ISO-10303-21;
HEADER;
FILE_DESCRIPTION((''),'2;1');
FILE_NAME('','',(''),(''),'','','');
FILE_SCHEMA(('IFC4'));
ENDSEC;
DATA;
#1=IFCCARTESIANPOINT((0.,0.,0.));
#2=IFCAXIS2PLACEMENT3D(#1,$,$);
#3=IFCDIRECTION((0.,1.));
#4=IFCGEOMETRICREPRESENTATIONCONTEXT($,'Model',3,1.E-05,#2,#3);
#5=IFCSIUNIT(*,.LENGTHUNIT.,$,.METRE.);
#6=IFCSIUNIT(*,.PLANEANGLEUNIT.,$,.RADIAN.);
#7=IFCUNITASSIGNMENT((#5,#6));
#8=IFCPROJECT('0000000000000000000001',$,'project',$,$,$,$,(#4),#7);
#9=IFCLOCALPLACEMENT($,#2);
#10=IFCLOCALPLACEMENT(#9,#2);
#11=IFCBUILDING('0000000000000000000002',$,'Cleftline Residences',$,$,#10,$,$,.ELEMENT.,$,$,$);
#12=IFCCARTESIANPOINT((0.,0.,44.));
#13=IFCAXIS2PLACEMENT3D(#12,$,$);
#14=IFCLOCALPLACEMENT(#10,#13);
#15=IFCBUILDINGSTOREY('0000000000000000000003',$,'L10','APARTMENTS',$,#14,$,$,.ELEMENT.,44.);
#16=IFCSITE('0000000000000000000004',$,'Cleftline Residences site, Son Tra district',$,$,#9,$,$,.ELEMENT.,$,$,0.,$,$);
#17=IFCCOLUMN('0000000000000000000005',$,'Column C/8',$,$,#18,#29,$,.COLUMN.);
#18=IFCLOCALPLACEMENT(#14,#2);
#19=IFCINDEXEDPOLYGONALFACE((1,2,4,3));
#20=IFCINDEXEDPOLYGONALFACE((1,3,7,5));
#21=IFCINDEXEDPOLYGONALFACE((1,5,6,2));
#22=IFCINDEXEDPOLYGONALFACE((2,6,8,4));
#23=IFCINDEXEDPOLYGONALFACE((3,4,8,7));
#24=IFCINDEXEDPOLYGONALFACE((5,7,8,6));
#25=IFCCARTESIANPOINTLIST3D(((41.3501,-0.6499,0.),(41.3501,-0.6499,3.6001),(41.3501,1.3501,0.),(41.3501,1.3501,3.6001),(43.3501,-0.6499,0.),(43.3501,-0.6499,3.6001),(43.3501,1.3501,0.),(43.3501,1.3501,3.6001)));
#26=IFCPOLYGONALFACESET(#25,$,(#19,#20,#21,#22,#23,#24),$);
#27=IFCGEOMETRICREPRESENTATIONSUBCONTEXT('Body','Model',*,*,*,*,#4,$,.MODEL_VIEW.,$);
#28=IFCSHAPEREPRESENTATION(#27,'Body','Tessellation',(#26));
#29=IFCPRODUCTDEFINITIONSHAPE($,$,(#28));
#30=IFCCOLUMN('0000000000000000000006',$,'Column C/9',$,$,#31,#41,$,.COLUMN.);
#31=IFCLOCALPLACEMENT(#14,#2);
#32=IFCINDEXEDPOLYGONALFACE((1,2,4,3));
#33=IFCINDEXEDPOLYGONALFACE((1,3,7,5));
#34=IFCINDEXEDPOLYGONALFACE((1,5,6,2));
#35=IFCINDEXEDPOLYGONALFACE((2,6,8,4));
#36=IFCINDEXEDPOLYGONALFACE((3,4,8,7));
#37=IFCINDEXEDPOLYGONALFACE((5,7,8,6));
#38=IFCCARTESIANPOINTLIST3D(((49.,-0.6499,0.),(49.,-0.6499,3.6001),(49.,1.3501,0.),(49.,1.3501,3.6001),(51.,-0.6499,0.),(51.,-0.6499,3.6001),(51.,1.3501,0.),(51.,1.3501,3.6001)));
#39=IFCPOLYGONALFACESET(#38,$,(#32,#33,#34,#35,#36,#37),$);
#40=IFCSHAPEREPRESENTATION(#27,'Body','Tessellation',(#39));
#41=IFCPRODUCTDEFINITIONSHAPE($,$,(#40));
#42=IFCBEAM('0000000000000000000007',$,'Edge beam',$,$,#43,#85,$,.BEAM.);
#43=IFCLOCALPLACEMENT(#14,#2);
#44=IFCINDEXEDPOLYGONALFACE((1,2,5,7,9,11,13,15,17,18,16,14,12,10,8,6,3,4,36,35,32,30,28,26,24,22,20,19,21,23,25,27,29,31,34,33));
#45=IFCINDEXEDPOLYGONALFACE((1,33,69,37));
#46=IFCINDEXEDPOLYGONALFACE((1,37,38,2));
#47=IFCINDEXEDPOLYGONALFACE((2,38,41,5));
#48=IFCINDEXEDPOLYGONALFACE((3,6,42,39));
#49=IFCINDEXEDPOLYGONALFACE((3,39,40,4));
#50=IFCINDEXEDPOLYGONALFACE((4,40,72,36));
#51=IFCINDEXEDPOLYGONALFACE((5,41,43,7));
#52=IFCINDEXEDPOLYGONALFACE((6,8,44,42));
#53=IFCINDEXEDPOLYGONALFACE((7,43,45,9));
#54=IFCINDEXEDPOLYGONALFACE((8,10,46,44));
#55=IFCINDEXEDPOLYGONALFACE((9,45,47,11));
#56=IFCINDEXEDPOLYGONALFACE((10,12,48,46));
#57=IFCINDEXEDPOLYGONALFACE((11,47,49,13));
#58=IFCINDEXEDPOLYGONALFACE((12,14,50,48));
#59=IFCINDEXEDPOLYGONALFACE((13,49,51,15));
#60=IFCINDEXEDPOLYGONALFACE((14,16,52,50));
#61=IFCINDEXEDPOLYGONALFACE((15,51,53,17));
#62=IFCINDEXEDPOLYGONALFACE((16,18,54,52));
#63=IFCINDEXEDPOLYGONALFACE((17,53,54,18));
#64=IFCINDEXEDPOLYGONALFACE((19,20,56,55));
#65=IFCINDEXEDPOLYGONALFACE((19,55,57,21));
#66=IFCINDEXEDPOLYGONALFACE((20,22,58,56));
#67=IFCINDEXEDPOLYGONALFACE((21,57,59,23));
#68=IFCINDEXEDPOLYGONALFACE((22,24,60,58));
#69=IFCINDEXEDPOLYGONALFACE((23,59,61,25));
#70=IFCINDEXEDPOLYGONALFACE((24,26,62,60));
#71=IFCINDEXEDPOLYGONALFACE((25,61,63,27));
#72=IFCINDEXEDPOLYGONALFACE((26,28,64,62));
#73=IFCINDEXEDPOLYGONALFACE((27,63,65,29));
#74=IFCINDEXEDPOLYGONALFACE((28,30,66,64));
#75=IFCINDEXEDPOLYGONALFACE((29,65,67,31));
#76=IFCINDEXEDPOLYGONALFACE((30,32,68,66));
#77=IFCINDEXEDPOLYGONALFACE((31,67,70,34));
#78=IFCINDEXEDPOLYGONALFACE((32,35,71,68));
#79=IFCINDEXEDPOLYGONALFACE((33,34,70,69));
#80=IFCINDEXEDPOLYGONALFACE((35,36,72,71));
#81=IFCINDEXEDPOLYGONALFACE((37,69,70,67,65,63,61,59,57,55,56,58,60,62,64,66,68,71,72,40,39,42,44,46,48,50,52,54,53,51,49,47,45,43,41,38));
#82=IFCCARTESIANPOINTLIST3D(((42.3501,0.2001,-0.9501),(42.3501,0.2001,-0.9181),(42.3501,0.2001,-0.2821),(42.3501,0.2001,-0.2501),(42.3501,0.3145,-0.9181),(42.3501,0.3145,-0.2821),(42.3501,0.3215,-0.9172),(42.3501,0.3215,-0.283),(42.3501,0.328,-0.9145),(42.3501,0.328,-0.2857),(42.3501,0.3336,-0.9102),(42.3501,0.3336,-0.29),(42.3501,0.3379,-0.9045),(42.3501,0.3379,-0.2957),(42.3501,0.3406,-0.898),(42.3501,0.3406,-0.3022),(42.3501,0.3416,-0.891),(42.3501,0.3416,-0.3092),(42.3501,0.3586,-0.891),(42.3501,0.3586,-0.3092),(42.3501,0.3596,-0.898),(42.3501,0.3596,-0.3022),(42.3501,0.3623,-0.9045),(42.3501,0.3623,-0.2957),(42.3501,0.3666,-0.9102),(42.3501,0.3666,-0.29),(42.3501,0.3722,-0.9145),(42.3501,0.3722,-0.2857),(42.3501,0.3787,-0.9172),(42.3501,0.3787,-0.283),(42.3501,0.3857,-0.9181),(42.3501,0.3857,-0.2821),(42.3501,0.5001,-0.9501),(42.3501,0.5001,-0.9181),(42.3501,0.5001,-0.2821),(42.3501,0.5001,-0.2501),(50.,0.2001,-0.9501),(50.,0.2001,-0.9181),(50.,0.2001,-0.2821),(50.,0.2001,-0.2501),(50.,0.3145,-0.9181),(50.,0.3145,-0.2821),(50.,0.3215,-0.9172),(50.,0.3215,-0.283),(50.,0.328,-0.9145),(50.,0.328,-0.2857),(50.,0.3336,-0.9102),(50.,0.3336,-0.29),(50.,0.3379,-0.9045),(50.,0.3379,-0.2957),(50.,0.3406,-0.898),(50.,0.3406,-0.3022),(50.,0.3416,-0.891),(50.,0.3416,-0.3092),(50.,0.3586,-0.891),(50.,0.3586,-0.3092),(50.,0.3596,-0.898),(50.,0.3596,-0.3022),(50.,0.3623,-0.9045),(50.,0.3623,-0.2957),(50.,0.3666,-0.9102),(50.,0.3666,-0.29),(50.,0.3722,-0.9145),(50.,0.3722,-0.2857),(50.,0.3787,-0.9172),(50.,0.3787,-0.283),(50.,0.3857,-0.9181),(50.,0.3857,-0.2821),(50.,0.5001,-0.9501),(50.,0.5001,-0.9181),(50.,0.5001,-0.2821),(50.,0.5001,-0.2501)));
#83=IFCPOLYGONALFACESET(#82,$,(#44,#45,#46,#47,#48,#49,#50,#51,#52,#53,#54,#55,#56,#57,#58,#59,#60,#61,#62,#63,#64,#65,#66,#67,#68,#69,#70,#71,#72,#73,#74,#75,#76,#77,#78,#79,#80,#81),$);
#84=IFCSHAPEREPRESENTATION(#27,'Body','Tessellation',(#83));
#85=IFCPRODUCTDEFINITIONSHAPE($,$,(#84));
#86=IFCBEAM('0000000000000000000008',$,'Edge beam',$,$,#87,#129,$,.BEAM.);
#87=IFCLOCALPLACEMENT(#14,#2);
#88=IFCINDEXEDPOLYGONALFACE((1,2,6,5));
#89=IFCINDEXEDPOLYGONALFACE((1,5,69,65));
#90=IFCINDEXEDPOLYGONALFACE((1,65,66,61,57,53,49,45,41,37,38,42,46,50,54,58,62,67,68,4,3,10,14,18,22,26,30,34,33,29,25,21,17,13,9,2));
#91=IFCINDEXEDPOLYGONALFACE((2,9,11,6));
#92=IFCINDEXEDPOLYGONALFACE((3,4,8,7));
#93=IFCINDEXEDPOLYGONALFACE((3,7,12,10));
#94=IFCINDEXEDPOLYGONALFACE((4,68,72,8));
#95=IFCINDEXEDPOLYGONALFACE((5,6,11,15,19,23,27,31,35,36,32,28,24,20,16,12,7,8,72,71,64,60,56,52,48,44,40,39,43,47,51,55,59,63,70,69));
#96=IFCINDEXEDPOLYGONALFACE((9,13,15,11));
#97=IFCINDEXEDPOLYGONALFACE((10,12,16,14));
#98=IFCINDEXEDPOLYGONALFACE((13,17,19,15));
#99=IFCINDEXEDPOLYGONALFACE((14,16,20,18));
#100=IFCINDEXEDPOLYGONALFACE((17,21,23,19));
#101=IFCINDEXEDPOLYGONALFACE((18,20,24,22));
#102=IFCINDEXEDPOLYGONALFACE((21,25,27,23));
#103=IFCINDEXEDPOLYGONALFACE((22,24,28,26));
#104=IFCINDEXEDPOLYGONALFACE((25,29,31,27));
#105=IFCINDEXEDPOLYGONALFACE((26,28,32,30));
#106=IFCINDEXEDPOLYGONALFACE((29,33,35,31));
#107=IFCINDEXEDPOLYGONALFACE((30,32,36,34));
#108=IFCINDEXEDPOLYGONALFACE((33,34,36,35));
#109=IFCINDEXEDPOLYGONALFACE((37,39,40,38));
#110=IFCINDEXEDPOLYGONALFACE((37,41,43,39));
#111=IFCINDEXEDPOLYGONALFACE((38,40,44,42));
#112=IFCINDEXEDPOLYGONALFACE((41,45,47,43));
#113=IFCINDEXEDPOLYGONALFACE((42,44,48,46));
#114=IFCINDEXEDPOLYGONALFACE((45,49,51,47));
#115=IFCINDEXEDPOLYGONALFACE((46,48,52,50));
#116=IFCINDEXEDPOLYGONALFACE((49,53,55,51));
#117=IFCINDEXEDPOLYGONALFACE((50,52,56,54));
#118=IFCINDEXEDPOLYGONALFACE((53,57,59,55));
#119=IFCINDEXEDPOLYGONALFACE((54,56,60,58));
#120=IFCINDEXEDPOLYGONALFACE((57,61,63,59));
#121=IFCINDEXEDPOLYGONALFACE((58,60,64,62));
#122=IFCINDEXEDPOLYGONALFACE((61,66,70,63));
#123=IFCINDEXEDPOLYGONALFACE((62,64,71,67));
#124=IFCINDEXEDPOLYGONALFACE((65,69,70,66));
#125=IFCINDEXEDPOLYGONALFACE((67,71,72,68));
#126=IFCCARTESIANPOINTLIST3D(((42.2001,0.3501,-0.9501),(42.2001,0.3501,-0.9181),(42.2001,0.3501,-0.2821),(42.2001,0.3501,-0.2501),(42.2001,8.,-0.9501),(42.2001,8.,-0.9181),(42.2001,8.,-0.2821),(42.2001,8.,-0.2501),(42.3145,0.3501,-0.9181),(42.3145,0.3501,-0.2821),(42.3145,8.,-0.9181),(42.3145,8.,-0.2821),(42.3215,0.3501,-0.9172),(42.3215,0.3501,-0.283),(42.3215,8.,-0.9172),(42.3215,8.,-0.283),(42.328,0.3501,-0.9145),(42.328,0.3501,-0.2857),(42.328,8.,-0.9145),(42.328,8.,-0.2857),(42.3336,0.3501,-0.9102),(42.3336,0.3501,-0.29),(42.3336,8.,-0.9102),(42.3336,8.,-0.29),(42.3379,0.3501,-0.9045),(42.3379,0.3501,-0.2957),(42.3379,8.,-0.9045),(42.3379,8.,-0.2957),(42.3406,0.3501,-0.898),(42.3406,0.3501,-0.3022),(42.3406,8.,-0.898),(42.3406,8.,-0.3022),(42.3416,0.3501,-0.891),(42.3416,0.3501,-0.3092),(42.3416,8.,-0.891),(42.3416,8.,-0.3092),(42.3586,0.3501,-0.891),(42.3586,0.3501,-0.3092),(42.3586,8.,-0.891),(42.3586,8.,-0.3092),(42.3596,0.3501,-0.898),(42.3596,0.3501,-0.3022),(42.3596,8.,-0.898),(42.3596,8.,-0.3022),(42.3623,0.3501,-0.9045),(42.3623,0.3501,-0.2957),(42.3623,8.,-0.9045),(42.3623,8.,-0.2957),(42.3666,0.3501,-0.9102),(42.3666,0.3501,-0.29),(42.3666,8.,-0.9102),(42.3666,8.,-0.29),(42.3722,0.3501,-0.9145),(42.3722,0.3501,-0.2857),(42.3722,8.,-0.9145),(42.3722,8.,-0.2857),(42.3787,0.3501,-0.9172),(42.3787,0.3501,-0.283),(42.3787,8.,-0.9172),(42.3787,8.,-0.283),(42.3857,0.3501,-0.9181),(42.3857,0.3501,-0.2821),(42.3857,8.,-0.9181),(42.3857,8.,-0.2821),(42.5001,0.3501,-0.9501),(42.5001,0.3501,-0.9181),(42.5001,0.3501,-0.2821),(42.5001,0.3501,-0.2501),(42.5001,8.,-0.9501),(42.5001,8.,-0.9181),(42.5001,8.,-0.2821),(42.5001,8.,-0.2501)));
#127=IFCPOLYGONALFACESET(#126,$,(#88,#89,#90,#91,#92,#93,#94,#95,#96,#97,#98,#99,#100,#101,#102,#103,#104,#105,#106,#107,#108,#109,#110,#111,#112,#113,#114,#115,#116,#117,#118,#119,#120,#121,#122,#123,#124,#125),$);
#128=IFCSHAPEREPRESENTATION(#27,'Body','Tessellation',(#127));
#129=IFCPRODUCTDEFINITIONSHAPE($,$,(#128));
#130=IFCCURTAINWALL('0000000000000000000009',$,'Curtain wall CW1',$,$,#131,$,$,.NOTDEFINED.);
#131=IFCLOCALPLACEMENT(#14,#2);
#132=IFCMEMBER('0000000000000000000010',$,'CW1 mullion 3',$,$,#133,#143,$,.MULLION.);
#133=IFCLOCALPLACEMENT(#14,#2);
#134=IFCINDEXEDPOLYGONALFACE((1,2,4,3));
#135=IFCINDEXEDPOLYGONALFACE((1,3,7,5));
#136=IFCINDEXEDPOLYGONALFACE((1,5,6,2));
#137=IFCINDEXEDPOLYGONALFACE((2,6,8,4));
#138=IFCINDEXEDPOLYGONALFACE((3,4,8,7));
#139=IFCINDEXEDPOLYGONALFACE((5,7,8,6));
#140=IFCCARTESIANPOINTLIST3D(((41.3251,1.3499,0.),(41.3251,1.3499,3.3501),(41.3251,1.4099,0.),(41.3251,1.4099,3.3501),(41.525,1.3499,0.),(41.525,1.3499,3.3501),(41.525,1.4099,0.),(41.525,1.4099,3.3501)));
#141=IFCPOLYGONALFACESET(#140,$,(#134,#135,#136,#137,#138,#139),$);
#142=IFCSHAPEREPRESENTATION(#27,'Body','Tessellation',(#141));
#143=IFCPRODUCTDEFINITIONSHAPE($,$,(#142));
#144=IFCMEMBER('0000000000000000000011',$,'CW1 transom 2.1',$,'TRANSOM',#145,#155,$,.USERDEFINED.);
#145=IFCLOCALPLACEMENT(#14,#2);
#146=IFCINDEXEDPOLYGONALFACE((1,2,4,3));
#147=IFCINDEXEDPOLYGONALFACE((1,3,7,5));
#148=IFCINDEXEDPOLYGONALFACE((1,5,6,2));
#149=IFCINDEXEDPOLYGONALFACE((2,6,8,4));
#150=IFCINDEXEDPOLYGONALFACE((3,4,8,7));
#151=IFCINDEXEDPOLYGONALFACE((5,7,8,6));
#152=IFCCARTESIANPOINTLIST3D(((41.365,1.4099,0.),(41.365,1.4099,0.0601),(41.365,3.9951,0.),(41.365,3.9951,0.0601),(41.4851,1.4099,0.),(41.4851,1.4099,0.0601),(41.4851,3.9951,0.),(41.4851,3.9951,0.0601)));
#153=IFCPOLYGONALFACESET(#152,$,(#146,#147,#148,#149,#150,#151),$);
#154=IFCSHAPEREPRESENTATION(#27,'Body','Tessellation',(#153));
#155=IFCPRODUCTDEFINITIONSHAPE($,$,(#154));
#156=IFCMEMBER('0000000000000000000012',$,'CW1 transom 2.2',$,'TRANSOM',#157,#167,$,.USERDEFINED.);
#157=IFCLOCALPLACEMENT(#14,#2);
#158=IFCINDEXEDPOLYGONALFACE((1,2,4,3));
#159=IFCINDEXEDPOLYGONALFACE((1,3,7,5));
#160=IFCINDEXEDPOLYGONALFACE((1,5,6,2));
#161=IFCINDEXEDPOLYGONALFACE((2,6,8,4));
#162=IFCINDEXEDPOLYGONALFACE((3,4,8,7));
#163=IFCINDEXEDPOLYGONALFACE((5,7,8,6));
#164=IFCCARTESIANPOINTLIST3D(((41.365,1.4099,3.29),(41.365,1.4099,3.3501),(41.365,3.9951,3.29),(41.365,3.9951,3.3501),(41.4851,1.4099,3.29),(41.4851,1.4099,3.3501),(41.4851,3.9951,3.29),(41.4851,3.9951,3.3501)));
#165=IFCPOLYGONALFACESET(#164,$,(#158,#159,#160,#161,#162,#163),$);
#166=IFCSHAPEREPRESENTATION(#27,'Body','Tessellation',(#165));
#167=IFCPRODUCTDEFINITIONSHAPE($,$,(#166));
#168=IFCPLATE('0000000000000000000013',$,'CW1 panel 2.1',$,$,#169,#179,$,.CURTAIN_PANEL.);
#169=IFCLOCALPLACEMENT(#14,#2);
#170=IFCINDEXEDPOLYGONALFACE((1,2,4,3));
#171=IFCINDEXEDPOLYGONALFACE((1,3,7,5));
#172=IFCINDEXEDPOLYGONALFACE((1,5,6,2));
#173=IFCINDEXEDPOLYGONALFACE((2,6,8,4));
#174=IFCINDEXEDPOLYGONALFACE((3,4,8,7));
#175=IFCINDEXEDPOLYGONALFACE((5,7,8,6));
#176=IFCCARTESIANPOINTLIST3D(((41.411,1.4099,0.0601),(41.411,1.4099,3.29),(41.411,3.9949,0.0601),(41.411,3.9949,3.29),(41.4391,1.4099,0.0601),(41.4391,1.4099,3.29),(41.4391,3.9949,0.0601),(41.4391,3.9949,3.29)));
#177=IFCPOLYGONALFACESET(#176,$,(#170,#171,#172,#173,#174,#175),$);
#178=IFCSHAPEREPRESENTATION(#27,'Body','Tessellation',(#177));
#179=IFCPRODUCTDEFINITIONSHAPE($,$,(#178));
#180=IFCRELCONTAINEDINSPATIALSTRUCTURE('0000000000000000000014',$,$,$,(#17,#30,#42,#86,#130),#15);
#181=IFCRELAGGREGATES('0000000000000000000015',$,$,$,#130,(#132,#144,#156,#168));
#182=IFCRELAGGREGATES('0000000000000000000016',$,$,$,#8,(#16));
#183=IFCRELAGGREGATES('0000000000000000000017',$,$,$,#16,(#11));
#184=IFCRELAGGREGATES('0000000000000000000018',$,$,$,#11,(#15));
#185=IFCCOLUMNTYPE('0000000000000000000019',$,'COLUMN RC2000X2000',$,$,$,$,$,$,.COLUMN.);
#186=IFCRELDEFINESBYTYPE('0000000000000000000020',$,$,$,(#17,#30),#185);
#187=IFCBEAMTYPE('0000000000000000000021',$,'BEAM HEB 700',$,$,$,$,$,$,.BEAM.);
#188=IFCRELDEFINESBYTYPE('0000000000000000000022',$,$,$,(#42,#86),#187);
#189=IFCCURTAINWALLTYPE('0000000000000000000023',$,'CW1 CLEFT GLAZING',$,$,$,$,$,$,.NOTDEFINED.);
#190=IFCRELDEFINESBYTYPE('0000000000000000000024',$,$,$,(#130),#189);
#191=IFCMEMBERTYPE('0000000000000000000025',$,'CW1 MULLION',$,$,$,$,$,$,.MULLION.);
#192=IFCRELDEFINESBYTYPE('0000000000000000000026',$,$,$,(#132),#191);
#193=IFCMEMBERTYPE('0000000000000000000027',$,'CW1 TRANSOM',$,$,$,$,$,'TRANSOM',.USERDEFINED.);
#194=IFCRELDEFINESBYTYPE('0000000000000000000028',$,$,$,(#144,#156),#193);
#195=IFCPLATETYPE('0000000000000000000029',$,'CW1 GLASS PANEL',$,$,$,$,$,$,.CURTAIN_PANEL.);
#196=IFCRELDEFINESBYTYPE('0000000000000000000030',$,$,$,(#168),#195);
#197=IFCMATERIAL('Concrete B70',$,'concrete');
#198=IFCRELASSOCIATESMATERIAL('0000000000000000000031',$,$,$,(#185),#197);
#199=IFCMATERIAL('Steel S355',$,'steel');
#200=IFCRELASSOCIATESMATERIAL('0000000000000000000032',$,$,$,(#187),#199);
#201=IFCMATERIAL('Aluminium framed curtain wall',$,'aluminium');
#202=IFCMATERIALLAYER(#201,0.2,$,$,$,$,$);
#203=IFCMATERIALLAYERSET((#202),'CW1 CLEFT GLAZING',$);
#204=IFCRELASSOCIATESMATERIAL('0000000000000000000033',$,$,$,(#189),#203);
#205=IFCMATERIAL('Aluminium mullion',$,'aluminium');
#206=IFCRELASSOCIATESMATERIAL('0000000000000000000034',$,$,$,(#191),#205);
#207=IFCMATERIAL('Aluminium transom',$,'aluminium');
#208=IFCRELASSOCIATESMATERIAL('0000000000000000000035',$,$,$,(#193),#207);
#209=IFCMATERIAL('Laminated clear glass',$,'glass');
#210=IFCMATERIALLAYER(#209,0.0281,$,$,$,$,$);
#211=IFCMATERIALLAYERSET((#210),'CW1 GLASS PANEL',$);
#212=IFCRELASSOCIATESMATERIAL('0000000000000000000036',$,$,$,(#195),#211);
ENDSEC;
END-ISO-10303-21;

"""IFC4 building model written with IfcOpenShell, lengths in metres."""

from ifc_helpers import new_model, si_unit, direction, frame, origin, origin_2d, place, context, subcontext, project, spatial, rectangle, i_section, extrude, material, layer, layer_set, material_profile, profile_set, type_object, element, aggregate, save


model = new_model("IFC4")

# Units and contexts
model_context = context("Model", 3, precision=1e-05, world=origin(), true_north=direction((0.0, 1.0)))
body_context = subcontext(model_context, "Body", "Model", "MODEL_VIEW")
ifc_project = project(units=[si_unit("LENGTHUNIT", "METRE"), si_unit("PLANEANGLEUNIT", "RADIAN")], contexts=[model_context])

# Site, building, storey
site_placement = place(None, origin())
site = spatial("IfcSite", under=ifc_project, at=site_placement, Name="Cleftline Residences site, Son Tra district", CompositionType="ELEMENT", RefElevation=0.0)
building_placement = place(site_placement, origin())
building = spatial("IfcBuilding", under=site, at=building_placement, Name="Cleftline Residences", CompositionType="ELEMENT")
storey_placement = place(building_placement, frame((0.0, 0.0, 44.0)))
storey = spatial("IfcBuildingStorey", under=building, at=storey_placement, Name="L10", Description="APARTMENTS", CompositionType="ELEMENT", Elevation=44.0)

# Columns
ifc_material_1 = material(Name="Concrete B70", Category="concrete")
ifc_material_profile_1 = material_profile(ifc_material_1, rectangle(XDim=2.0, YDim=2.0, at=origin_2d()))
ifc_profile_set_1 = profile_set([ifc_material_profile_1], Name="Concrete B70")
column_type = type_object("IfcColumnType", Name="COLUMN RC2000X2000", PredefinedType="COLUMN", material=ifc_profile_set_1)
for number, where, z_axis, x_axis, name in (
    (1, (42.3501, 0.3501, 0.0), (0.0, 0.0, 1.0), (1.0, 0.0, 0.0), "Column C/8"),
    (2, (50.0, 0.3501, 0.0), (0.0, 0.0, 1.0), (1.0, 0.0, 0.0), "Column C/9"),
):
    element("IfcColumn", number, at=place(storey_placement, frame(where, z_axis=z_axis, x_axis=x_axis)), inside=storey, type_object=column_type, Name=name, PredefinedType="COLUMN", context=body_context, shape_type="SweptSolid", body=[
        extrude(rectangle(XDim=2.0, YDim=2.0, at=origin_2d()), origin(), (0.0, 0.0, 1.0), 3.6001),
    ])

# Beams
ifc_material_2 = material(Name="Steel S355", Category="steel")
ifc_material_profile_2 = material_profile(ifc_material_2, i_section(OverallWidth=0.3, OverallDepth=0.7, WebThickness=0.0171, FlangeThickness=0.032, FilletRadius=0.0271, at=origin_2d()))
ifc_profile_set_2 = profile_set([ifc_material_profile_2], Name="Steel S355")
beam_type = type_object("IfcBeamType", Name="BEAM HEB 700", PredefinedType="BEAM", material=ifc_profile_set_2)
for number, where, z_axis, x_axis, name in (
    (3, (50.0, 0.3501, -0.6001), (-1.0, 0.0, 0.0), (0.0, -1.0, 0.0), "Edge beam"),
    (4, (42.3501, 0.3501, -0.6001), (0.0, 1.0, 0.0), (-1.0, 0.0, 0.0), "Edge beam"),
):
    element("IfcBeam", number, at=place(storey_placement, frame(where, z_axis=z_axis, x_axis=x_axis)), inside=storey, type_object=beam_type, Name=name, PredefinedType="BEAM", context=body_context, shape_type="SweptSolid", body=[
        extrude(i_section(OverallWidth=0.3, OverallDepth=0.7, WebThickness=0.0171, FlangeThickness=0.032, FilletRadius=0.0271, at=origin_2d()), origin(), (0.0, 0.0, 1.0), 7.6499),
    ])

# Curtain wall, members, plate
ifc_material_3 = material(Name="Aluminium framed curtain wall", Category="aluminium")
ifc_layer_1 = layer(ifc_material_3, 0.2)
ifc_layer_set_1 = layer_set([ifc_layer_1], Name="CW1 CLEFT GLAZING")
curtain_wall_type = type_object("IfcCurtainWallType", Name="CW1 CLEFT GLAZING", PredefinedType="NOTDEFINED", material=ifc_layer_set_1)
curtain_wall_placement = place(storey_placement, origin())
curtain_wall = element("IfcCurtainWall", 5, at=curtain_wall_placement, inside=storey, type_object=curtain_wall_type, Name="Curtain wall CW1", PredefinedType="NOTDEFINED")
ifc_material_4 = material(Name="Aluminium mullion", Category="aluminium")
ifc_material_profile_3 = material_profile(ifc_material_4, rectangle(XDim=0.2, YDim=0.0601, at=origin_2d()))
ifc_profile_set_3 = profile_set([ifc_material_profile_3], Name="Aluminium mullion")
member_type_1 = type_object("IfcMemberType", Name="CW1 MULLION", PredefinedType="MULLION", material=ifc_profile_set_3)
member_1_placement = place(storey_placement, frame((41.425, 1.3799, 0.0), z_axis=(0.0, 0.0, 1.0), x_axis=(1.0, 0.0, 0.0)))
member_1 = element("IfcMember", 6, at=member_1_placement, type_object=member_type_1, Name="CW1 mullion 3", PredefinedType="MULLION", context=body_context, shape_type="SweptSolid", body=[
    extrude(rectangle(XDim=0.2, YDim=0.0601, at=origin_2d()), origin(), (0.0, 0.0, 1.0), 3.3501),
])
ifc_material_5 = material(Name="Aluminium transom", Category="aluminium")
ifc_material_profile_4 = material_profile(ifc_material_5, rectangle(XDim=0.1201, YDim=0.0601, at=origin_2d()))
ifc_profile_set_4 = profile_set([ifc_material_profile_4], Name="Aluminium transom")
member_type_2 = type_object("IfcMemberType", Name="CW1 TRANSOM", ElementType="TRANSOM", PredefinedType="USERDEFINED", material=ifc_profile_set_4)
member_2_placement = place(storey_placement, frame((41.425, 3.9951, 0.03), z_axis=(0.0, -1.0, 0.0), x_axis=(1.0, 0.0, 0.0)))
member_2 = element("IfcMember", 7, at=member_2_placement, type_object=member_type_2, Name="CW1 transom 2.1", ObjectType="TRANSOM", PredefinedType="USERDEFINED", context=body_context, shape_type="SweptSolid", body=[
    extrude(rectangle(XDim=0.1201, YDim=0.0601, at=origin_2d()), origin(), (0.0, 0.0, 1.0), 2.5852),
])
member_3_placement = place(storey_placement, frame((41.425, 3.9951, 3.3201), z_axis=(0.0, -1.0, 0.0), x_axis=(1.0, 0.0, 0.0)))
member_3 = element("IfcMember", 8, at=member_3_placement, type_object=member_type_2, Name="CW1 transom 2.2", ObjectType="TRANSOM", PredefinedType="USERDEFINED", context=body_context, shape_type="SweptSolid", body=[
    extrude(rectangle(XDim=0.1201, YDim=0.0601, at=origin_2d()), origin(), (0.0, 0.0, 1.0), 2.5852),
])
ifc_material_6 = material(Name="Laminated clear glass", Category="glass")
ifc_layer_2 = layer(ifc_material_6, 0.0281)
ifc_layer_set_2 = layer_set([ifc_layer_2], Name="CW1 GLASS PANEL")
plate_type = type_object("IfcPlateType", Name="CW1 GLASS PANEL", PredefinedType="CURTAIN_PANEL", material=ifc_layer_set_2)
plate_placement = place(storey_placement, frame((41.425, 2.7024, 0.0601), z_axis=(0.0, 0.0, 1.0), x_axis=(0.0, -1.0, 0.0)))
plate = element("IfcPlate", 9, at=plate_placement, type_object=plate_type, Name="CW1 panel 2.1", PredefinedType="CURTAIN_PANEL", context=body_context, shape_type="SweptSolid", body=[
    extrude(rectangle(XDim=2.585, YDim=0.0281, at=origin_2d()), origin(), (0.0, 0.0, 1.0), 3.23),
])
aggregate(curtain_wall, [member_1, member_2, member_3, plate])

save(model, "model.ifc")
